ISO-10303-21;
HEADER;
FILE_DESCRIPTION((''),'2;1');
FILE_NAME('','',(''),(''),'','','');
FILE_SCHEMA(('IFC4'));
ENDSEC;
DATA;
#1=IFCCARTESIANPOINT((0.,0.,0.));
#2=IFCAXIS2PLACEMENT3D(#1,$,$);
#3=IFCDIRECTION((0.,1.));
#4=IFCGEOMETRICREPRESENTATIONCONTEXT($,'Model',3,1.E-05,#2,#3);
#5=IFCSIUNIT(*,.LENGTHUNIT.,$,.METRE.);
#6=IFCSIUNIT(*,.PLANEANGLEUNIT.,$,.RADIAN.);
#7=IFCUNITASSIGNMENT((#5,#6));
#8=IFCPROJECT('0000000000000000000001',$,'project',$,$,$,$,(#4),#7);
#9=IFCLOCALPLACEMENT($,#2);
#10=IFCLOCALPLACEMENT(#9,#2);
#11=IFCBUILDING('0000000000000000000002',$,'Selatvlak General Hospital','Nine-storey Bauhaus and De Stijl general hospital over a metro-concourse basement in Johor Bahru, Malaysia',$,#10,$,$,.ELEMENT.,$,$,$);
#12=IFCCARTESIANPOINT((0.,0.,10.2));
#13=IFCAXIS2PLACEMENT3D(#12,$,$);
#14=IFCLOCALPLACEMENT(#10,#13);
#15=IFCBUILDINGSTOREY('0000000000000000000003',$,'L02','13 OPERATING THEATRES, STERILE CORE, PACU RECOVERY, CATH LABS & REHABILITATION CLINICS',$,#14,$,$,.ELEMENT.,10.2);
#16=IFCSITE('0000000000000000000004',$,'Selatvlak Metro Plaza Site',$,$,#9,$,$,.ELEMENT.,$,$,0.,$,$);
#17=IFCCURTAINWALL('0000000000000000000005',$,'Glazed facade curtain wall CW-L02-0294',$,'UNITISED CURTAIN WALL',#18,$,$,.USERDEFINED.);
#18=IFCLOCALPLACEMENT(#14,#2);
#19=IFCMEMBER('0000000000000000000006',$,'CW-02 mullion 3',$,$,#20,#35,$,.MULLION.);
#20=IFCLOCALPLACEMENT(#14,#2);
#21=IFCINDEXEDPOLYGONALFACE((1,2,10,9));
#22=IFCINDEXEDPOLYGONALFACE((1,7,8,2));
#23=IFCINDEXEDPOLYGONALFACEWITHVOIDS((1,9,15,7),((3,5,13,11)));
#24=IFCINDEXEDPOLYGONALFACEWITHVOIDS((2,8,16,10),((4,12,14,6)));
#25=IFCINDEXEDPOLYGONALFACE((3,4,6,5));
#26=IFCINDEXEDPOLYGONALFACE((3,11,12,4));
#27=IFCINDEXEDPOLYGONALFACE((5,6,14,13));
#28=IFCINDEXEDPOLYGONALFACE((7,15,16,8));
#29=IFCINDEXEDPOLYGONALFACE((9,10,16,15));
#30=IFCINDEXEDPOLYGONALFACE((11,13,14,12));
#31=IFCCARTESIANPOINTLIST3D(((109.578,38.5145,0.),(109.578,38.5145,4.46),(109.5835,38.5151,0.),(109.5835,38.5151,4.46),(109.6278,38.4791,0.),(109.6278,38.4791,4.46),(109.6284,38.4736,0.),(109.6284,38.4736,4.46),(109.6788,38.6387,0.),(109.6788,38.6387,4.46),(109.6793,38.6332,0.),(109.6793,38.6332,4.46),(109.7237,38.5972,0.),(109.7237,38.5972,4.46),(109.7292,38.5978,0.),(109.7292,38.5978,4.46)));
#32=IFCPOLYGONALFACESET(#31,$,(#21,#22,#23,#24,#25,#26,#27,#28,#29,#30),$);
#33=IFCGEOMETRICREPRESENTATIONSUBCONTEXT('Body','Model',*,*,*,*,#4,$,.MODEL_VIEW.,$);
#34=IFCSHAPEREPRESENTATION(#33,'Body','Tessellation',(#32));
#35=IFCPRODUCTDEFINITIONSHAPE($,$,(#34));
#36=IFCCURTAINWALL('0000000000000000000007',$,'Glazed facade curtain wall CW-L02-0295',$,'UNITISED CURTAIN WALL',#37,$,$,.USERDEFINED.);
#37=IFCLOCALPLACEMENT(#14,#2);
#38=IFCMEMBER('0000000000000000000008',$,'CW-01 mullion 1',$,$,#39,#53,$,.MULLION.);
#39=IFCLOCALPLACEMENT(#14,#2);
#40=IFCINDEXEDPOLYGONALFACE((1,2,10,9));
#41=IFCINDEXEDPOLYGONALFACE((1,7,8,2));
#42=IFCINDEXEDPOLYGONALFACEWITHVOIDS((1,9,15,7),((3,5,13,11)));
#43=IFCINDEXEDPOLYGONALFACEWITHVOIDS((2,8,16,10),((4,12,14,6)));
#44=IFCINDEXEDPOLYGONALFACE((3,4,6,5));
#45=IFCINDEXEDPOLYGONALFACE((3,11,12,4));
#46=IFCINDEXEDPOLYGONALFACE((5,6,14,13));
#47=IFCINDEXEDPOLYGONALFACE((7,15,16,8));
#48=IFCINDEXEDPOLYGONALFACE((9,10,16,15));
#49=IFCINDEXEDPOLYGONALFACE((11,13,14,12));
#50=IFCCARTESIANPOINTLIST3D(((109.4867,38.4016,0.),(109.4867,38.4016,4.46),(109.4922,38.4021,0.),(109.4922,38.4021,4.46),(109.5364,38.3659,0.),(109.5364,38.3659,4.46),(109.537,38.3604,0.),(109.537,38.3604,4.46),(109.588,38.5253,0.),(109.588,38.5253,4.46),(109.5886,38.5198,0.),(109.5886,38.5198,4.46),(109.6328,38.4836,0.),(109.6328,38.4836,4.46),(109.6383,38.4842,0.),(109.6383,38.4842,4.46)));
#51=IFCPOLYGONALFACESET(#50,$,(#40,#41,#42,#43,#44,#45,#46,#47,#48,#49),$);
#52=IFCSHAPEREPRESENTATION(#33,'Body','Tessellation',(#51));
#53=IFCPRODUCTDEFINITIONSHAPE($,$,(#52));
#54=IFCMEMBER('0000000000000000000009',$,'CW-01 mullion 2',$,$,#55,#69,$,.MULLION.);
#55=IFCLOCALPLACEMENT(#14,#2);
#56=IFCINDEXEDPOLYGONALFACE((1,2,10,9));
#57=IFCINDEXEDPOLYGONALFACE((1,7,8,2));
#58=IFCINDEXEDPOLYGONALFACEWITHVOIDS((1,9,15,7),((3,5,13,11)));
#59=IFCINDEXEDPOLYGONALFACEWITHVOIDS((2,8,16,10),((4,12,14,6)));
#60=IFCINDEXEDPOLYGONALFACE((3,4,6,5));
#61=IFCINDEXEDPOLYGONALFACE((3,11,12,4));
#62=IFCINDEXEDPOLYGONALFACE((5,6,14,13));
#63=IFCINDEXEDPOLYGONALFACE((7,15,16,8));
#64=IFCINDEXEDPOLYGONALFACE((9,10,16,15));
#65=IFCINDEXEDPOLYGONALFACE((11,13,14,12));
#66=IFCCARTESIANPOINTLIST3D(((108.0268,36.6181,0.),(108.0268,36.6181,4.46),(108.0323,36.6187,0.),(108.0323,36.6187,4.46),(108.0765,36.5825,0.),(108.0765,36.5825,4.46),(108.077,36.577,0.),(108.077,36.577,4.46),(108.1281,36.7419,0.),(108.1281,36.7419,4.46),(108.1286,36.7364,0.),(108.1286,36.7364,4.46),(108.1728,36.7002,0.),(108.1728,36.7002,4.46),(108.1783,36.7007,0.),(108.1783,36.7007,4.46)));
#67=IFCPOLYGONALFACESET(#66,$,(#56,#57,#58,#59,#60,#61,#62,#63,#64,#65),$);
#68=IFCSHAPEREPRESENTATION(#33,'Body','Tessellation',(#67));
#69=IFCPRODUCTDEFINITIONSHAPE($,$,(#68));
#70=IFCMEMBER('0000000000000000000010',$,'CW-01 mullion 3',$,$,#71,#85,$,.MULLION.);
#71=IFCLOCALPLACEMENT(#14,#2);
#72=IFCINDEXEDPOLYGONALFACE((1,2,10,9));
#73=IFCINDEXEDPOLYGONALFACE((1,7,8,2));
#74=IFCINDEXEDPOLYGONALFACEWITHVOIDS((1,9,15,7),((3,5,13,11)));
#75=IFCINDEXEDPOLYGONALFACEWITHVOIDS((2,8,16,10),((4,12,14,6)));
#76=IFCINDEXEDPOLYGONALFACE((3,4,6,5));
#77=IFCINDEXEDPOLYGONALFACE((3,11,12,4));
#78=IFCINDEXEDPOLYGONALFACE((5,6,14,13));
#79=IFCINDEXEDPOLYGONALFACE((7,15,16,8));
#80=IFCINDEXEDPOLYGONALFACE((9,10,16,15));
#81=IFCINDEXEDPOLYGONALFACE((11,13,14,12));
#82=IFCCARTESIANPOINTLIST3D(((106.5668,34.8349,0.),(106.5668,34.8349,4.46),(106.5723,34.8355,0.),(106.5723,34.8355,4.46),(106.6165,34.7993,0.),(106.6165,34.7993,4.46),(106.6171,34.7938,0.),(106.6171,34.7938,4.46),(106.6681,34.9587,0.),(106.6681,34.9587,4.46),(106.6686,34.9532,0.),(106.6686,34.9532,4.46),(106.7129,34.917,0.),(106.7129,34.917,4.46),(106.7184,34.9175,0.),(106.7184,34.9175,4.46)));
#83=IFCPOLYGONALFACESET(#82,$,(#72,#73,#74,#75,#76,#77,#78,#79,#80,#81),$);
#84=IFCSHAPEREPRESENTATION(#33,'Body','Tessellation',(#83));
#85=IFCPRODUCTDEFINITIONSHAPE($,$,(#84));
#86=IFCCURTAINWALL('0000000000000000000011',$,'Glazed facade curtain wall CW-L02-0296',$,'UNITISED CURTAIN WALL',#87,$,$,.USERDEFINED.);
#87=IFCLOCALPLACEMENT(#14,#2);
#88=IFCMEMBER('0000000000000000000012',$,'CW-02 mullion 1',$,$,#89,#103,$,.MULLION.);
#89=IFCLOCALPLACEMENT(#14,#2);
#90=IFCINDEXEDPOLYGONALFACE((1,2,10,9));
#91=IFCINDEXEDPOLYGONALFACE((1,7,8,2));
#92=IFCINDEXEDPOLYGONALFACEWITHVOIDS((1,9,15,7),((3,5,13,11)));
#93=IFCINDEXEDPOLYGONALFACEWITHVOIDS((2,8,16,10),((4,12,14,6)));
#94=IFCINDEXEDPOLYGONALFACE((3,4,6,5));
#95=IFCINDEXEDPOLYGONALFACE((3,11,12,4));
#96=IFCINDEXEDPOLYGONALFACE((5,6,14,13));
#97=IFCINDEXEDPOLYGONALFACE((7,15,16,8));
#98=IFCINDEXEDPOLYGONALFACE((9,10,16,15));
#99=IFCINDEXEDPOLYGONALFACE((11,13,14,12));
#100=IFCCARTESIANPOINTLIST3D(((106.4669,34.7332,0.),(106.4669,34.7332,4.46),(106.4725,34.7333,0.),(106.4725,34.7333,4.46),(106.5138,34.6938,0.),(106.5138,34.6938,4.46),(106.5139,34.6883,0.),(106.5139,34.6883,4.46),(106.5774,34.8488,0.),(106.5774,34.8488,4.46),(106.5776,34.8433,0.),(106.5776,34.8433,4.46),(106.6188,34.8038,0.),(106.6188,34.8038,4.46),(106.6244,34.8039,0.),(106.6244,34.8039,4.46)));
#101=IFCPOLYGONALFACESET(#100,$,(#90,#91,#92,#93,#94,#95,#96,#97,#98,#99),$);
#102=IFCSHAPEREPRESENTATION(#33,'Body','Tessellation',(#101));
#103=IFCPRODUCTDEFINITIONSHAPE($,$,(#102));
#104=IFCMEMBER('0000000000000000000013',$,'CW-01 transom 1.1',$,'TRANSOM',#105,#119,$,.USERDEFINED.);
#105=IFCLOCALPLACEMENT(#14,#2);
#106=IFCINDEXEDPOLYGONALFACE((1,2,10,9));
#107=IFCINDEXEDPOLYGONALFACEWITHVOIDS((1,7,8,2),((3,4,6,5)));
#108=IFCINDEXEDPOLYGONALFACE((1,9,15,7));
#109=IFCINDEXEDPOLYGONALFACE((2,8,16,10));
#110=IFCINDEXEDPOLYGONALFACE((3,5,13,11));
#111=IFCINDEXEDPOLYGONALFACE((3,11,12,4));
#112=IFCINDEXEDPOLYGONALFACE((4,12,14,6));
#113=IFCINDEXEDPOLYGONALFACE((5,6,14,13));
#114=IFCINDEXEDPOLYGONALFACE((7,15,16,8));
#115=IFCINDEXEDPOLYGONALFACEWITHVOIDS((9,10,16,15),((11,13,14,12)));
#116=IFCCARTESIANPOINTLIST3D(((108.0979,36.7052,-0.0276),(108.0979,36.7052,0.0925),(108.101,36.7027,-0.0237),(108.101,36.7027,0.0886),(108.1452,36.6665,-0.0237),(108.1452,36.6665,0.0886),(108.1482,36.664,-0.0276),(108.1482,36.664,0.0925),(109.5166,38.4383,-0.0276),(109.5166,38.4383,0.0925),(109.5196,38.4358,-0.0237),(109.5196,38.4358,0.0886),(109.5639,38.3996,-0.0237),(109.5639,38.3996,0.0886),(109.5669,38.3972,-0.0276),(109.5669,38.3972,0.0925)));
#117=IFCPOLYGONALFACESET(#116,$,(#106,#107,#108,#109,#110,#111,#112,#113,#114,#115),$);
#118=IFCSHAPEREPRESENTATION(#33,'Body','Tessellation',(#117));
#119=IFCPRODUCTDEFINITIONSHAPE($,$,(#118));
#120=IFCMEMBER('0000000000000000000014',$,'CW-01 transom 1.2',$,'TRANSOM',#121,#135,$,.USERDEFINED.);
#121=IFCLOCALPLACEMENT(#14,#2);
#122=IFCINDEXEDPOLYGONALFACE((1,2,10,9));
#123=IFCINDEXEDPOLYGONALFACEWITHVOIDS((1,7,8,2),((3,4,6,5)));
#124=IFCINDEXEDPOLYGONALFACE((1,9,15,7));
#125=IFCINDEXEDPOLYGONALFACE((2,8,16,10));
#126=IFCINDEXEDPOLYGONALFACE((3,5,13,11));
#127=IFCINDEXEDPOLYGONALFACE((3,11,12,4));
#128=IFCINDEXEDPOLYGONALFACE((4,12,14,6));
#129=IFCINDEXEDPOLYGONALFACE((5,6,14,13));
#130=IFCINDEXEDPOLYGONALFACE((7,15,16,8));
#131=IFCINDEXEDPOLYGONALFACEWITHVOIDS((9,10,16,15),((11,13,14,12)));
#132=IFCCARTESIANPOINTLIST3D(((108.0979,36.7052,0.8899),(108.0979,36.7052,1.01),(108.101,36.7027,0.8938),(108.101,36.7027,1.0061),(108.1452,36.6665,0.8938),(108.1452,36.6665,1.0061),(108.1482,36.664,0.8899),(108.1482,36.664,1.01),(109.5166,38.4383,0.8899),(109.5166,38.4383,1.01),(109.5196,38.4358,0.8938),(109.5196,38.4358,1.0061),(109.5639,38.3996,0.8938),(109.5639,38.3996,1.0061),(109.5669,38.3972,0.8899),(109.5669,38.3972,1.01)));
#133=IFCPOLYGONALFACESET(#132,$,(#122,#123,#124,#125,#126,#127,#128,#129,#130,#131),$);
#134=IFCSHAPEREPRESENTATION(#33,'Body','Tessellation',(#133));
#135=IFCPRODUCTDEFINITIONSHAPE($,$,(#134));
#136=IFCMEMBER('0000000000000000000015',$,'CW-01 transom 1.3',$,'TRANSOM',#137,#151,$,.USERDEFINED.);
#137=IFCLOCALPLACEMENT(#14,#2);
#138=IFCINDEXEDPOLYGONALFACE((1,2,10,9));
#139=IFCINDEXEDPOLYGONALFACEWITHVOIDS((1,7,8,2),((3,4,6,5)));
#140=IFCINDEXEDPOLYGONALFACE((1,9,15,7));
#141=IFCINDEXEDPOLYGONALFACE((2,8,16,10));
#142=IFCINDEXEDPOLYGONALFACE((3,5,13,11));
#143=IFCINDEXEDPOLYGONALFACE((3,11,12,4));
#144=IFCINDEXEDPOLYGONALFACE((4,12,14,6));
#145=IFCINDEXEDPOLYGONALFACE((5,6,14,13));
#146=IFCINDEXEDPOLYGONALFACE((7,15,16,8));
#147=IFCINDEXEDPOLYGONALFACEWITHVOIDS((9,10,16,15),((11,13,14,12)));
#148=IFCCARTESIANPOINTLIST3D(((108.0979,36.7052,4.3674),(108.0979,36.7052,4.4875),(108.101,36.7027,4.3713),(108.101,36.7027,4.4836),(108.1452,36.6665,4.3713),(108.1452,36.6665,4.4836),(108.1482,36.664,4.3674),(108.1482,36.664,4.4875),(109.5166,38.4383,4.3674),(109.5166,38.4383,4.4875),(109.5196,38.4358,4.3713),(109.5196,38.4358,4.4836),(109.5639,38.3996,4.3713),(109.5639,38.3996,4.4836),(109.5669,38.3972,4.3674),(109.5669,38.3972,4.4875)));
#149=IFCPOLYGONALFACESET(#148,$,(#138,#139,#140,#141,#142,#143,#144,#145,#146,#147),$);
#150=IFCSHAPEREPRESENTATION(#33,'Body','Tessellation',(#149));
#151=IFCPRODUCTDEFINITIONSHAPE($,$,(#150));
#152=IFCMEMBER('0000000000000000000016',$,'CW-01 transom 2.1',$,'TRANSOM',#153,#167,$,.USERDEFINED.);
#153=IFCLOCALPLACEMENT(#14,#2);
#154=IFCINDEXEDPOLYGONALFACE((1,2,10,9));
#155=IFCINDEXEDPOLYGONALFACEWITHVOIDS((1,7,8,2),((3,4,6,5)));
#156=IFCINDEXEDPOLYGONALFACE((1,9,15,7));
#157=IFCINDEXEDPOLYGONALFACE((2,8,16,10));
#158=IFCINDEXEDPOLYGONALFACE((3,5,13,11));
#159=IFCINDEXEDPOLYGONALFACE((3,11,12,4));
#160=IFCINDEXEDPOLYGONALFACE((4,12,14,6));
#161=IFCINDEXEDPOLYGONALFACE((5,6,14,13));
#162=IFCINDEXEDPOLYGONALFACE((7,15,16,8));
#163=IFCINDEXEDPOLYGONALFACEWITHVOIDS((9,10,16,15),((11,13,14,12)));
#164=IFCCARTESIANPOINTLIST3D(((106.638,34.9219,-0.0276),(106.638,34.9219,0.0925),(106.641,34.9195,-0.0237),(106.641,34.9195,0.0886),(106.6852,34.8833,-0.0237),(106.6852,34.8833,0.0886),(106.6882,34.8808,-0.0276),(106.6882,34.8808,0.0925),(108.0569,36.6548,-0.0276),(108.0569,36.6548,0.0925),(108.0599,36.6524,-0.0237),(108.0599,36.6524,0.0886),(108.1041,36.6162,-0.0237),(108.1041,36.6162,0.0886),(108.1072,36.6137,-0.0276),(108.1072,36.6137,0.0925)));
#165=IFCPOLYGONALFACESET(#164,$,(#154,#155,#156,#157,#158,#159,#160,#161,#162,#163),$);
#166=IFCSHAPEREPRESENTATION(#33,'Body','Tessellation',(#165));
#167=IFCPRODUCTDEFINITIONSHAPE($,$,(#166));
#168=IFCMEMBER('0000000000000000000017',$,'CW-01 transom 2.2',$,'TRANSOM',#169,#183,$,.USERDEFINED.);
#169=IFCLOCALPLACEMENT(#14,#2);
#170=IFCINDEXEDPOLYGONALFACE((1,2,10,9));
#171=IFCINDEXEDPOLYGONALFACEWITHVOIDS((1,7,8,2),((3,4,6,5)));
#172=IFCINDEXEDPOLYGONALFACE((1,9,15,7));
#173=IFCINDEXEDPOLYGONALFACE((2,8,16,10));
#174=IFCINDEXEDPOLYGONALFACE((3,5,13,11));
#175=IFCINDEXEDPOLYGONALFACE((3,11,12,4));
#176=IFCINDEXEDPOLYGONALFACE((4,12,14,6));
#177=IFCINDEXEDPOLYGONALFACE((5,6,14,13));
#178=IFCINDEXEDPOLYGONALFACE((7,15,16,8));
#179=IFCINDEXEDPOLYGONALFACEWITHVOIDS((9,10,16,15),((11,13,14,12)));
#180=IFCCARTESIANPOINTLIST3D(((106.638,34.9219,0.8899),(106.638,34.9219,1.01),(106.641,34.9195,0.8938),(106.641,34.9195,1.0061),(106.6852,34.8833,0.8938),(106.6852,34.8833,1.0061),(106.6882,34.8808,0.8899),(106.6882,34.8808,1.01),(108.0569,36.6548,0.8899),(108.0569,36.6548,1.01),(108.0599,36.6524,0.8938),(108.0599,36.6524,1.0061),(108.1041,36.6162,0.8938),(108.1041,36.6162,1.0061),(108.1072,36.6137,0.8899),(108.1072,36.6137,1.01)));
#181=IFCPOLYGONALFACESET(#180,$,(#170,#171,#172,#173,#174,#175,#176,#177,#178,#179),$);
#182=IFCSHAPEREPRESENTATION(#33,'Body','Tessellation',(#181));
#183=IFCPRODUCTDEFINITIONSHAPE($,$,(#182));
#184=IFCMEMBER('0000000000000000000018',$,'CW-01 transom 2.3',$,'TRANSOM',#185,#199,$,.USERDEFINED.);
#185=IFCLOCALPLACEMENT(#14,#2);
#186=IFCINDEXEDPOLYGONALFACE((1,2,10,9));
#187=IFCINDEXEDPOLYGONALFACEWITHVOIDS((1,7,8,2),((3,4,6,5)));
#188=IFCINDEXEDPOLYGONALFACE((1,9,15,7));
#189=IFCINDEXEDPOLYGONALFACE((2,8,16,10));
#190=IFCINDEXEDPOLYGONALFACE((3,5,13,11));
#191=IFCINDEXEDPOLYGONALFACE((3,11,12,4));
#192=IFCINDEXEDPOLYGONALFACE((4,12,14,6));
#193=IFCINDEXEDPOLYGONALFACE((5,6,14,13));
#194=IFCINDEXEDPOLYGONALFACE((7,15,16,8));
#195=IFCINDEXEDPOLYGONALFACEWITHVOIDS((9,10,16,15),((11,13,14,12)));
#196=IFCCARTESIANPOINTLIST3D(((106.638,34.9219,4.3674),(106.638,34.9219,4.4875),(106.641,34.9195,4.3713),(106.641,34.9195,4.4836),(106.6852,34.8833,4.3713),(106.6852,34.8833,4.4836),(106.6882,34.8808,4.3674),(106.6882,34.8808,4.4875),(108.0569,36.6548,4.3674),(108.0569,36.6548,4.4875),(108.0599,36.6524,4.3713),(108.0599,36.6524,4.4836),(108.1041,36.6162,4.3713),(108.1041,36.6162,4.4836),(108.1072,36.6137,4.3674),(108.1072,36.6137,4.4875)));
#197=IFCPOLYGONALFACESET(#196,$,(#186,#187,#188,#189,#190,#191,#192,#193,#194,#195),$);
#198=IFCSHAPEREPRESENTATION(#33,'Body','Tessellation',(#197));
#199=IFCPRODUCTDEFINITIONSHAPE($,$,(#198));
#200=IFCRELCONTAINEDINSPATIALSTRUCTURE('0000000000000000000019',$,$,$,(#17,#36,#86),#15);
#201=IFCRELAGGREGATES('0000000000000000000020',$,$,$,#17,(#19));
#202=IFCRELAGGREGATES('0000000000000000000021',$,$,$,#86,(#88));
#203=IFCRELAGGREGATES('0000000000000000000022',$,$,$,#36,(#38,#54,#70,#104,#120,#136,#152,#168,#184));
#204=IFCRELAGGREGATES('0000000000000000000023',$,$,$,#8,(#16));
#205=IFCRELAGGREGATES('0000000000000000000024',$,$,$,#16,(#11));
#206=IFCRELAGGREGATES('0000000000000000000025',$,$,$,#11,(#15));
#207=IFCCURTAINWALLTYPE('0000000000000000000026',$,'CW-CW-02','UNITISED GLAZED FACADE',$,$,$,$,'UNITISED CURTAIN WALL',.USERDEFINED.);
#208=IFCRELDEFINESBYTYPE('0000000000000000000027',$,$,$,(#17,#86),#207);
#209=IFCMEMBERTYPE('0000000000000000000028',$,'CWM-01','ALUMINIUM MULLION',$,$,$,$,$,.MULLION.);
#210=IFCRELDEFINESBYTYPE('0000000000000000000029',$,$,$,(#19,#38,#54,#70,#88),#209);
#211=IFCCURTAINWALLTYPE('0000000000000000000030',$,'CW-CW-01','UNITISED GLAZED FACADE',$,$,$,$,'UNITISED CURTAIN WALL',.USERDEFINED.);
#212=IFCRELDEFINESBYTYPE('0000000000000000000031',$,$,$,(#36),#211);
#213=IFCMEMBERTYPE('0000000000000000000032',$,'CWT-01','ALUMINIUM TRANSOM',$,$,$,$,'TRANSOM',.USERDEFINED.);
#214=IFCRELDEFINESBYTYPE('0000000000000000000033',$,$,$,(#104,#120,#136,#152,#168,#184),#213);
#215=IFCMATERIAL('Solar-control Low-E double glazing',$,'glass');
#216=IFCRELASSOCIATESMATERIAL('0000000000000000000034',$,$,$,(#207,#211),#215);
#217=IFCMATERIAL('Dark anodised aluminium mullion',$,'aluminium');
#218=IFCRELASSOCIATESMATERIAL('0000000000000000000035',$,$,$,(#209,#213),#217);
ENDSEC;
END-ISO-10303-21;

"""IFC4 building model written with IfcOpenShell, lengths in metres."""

from ifc_helpers import new_model, si_unit, direction, frame, origin, origin_2d, place, context, subcontext, project, spatial, hollow_rectangle, extrude, material, material_profile, profile_set, type_object, element, aggregate, save


model = new_model("IFC4")

# Units and contexts
model_context = context("Model", 3, precision=1e-05, world=origin(), true_north=direction((0.0, 1.0)))
body_context = subcontext(model_context, "Body", "Model", "MODEL_VIEW")
ifc_project = project(units=[si_unit("LENGTHUNIT", "METRE"), si_unit("PLANEANGLEUNIT", "RADIAN")], contexts=[model_context])

# Site, building, storey
site_placement = place(None, origin())
site = spatial("IfcSite", under=ifc_project, at=site_placement, Name="Selatvlak Metro Plaza Site", CompositionType="ELEMENT", RefElevation=0.0)
building_placement = place(site_placement, origin())
building = spatial("IfcBuilding", under=site, at=building_placement, Name="Selatvlak General Hospital", Description="Nine-storey Bauhaus and De Stijl general hospital over a metro-concourse basement in Johor Bahru, Malaysia", CompositionType="ELEMENT")
storey_placement = place(building_placement, frame((0.0, 0.0, 10.2)))
storey = spatial("IfcBuildingStorey", under=building, at=storey_placement, Name="L02", Description="13 OPERATING THEATRES, STERILE CORE, PACU RECOVERY, CATH LABS & REHABILITATION CLINICS", CompositionType="ELEMENT", Elevation=10.2)

# Curtain wall, member
ifc_material_1 = material(Name="Solar-control Low-E double glazing", Category="glass")
curtain_wall_type_1 = type_object("IfcCurtainWallType", Name="CW-CW-02", Description="UNITISED GLAZED FACADE", ElementType="UNITISED CURTAIN WALL", PredefinedType="USERDEFINED", material=ifc_material_1)
curtain_wall_1_placement = place(storey_placement, origin())
curtain_wall_1 = element("IfcCurtainWall", 1, at=curtain_wall_1_placement, inside=storey, type_object=curtain_wall_type_1, Name="Glazed facade curtain wall CW-L02-0294", ObjectType="UNITISED CURTAIN WALL", PredefinedType="USERDEFINED")
ifc_material_2 = material(Name="Dark anodised aluminium mullion", Category="aluminium")
ifc_material_profile_1 = material_profile(ifc_material_2, hollow_rectangle(XDim=0.0649, YDim=0.1599, WallThickness=0.0039, at=origin_2d()), Name="AL-MUL 65x160x4")
ifc_profile_set_1 = profile_set([ifc_material_profile_1], Name="Dark anodised aluminium mullion")
member_type_1 = type_object("IfcMemberType", Name="CWM-01", Description="ALUMINIUM MULLION", PredefinedType="MULLION", material=ifc_profile_set_1)
member_1_placement = place(storey_placement, frame((109.6536, 38.5562, 0.0), z_axis=(0.0, 0.0, 1.0), x_axis=(0.776324, -0.630334, 0.0)))
member_1 = element("IfcMember", 2, at=member_1_placement, type_object=member_type_1, Name="CW-02 mullion 3", PredefinedType="MULLION", context=body_context, shape_type="SweptSolid", body=[
    extrude(hollow_rectangle(XDim=0.0649, YDim=0.1599, WallThickness=0.0039, at=origin_2d()), origin(), (0.0, 0.0, 1.0), 4.46),
])
aggregate(curtain_wall_1, [member_1])

# Curtain wall, members
curtain_wall_type_2 = type_object("IfcCurtainWallType", Name="CW-CW-01", Description="UNITISED GLAZED FACADE", ElementType="UNITISED CURTAIN WALL", PredefinedType="USERDEFINED", material=ifc_material_1)
curtain_wall_2_placement = place(storey_placement, origin())
curtain_wall_2 = element("IfcCurtainWall", 3, at=curtain_wall_2_placement, inside=storey, type_object=curtain_wall_type_2, Name="Glazed facade curtain wall CW-L02-0295", ObjectType="UNITISED CURTAIN WALL", PredefinedType="USERDEFINED")
member_2_placement = place(storey_placement, frame((109.5625, 38.4429, 0.0), z_axis=(0.0, 0.0, 1.0), x_axis=(0.773786, -0.633447, 0.0)))
member_2 = element("IfcMember", 4, at=member_2_placement, type_object=member_type_1, Name="CW-01 mullion 1", PredefinedType="MULLION", context=body_context, shape_type="SweptSolid", body=[
    extrude(hollow_rectangle(XDim=0.0649, YDim=0.1599, WallThickness=0.0039, at=origin_2d()), origin(), (0.0, 0.0, 1.0), 4.46),
])
member_3_placement = place(storey_placement, frame((108.1025, 36.6594, 0.0), z_axis=(0.0, 0.0, 1.0), x_axis=(0.773786, -0.633447, 0.0)))
member_3 = element("IfcMember", 5, at=member_3_placement, type_object=member_type_1, Name="CW-01 mullion 2", PredefinedType="MULLION", context=body_context, shape_type="SweptSolid", body=[
    extrude(hollow_rectangle(XDim=0.0649, YDim=0.1599, WallThickness=0.0039, at=origin_2d()), origin(), (0.0, 0.0, 1.0), 4.46),
])
member_4_placement = place(storey_placement, frame((106.6426, 34.8762, 0.0), z_axis=(0.0, 0.0, 1.0), x_axis=(0.773786, -0.633447, 0.0)))
member_4 = element("IfcMember", 6, at=member_4_placement, type_object=member_type_1, Name="CW-01 mullion 3", PredefinedType="MULLION", context=body_context, shape_type="SweptSolid", body=[
    extrude(hollow_rectangle(XDim=0.0649, YDim=0.1599, WallThickness=0.0039, at=origin_2d()), origin(), (0.0, 0.0, 1.0), 4.46),
])

# Curtain wall, member
curtain_wall_3_placement = place(storey_placement, origin())
curtain_wall_3 = element("IfcCurtainWall", 7, at=curtain_wall_3_placement, inside=storey, type_object=curtain_wall_type_1, Name="Glazed facade curtain wall CW-L02-0296", ObjectType="UNITISED CURTAIN WALL", PredefinedType="USERDEFINED")
member_5_placement = place(storey_placement, frame((106.5457, 34.7686, 0.0), z_axis=(0.0, 0.0, 1.0), x_axis=(0.722909, -0.690943, 0.0)))
member_5 = element("IfcMember", 8, at=member_5_placement, type_object=member_type_1, Name="CW-02 mullion 1", PredefinedType="MULLION", context=body_context, shape_type="SweptSolid", body=[
    extrude(hollow_rectangle(XDim=0.0649, YDim=0.1599, WallThickness=0.0039, at=origin_2d()), origin(), (0.0, 0.0, 1.0), 4.46),
])

# Members
ifc_material_profile_2 = material_profile(ifc_material_2, hollow_rectangle(XDim=0.0649, YDim=0.1201, WallThickness=0.0039, at=origin_2d()), Name="AL-TRN 65x120x4")
ifc_profile_set_2 = profile_set([ifc_material_profile_2], Name="Dark anodised aluminium mullion")
member_type_2 = type_object("IfcMemberType", Name="CWT-01", Description="ALUMINIUM TRANSOM", ElementType="TRANSOM", PredefinedType="USERDEFINED", material=ifc_profile_set_2)
member_6_placement = place(storey_placement, frame((109.5417, 38.4177, 0.0325), z_axis=(-0.633416, -0.773812, 0.0), x_axis=(0.773812, -0.633416, 0.0)))
member_6 = element("IfcMember", 9, at=member_6_placement, type_object=member_type_2, Name="CW-01 transom 1.1", ObjectType="TRANSOM", PredefinedType="USERDEFINED", context=body_context, shape_type="SweptSolid", body=[
    extrude(hollow_rectangle(XDim=0.0649, YDim=0.1201, WallThickness=0.0039, at=origin_2d()), origin(), (0.0, 0.0, 1.0), 2.2397),
])
member_7_placement = place(storey_placement, frame((109.5417, 38.4177, 0.95), z_axis=(-0.633416, -0.773812, 0.0), x_axis=(0.773812, -0.633416, 0.0)))
member_7 = element("IfcMember", 10, at=member_7_placement, type_object=member_type_2, Name="CW-01 transom 1.2", ObjectType="TRANSOM", PredefinedType="USERDEFINED", context=body_context, shape_type="SweptSolid", body=[
    extrude(hollow_rectangle(XDim=0.0649, YDim=0.1201, WallThickness=0.0039, at=origin_2d()), origin(), (0.0, 0.0, 1.0), 2.2397),
])
member_8_placement = place(storey_placement, frame((109.5417, 38.4177, 4.4275), z_axis=(-0.633416, -0.773812, 0.0), x_axis=(0.773812, -0.633416, 0.0)))
member_8 = element("IfcMember", 11, at=member_8_placement, type_object=member_type_2, Name="CW-01 transom 1.3", ObjectType="TRANSOM", PredefinedType="USERDEFINED", context=body_context, shape_type="SweptSolid", body=[
    extrude(hollow_rectangle(XDim=0.0649, YDim=0.1201, WallThickness=0.0039, at=origin_2d()), origin(), (0.0, 0.0, 1.0), 2.2397),
])
member_9_placement = place(storey_placement, frame((108.082, 36.6343, 0.0325), z_axis=(-0.633535, -0.773714, 0.0), x_axis=(0.773714, -0.633535, 0.0)))
member_9 = element("IfcMember", 12, at=member_9_placement, type_object=member_type_2, Name="CW-01 transom 2.1", ObjectType="TRANSOM", PredefinedType="USERDEFINED", context=body_context, shape_type="SweptSolid", body=[
    extrude(hollow_rectangle(XDim=0.0649, YDim=0.1201, WallThickness=0.0039, at=origin_2d()), origin(), (0.0, 0.0, 1.0), 2.2397),
])
member_10_placement = place(storey_placement, frame((108.082, 36.6343, 0.95), z_axis=(-0.633535, -0.773714, 0.0), x_axis=(0.773714, -0.633535, 0.0)))
member_10 = element("IfcMember", 13, at=member_10_placement, type_object=member_type_2, Name="CW-01 transom 2.2", ObjectType="TRANSOM", PredefinedType="USERDEFINED", context=body_context, shape_type="SweptSolid", body=[
    extrude(hollow_rectangle(XDim=0.0649, YDim=0.1201, WallThickness=0.0039, at=origin_2d()), origin(), (0.0, 0.0, 1.0), 2.2397),
])
member_11_placement = place(storey_placement, frame((108.082, 36.6343, 4.4275), z_axis=(-0.633535, -0.773714, 0.0), x_axis=(0.773714, -0.633535, 0.0)))
member_11 = element("IfcMember", 14, at=member_11_placement, type_object=member_type_2, Name="CW-01 transom 2.3", ObjectType="TRANSOM", PredefinedType="USERDEFINED", context=body_context, shape_type="SweptSolid", body=[
    extrude(hollow_rectangle(XDim=0.0649, YDim=0.1201, WallThickness=0.0039, at=origin_2d()), origin(), (0.0, 0.0, 1.0), 2.2397),
])
aggregate(curtain_wall_3, [member_5])

aggregate(curtain_wall_2, [member_2, member_3, member_4, member_6, member_7, member_8, member_9, member_10, member_11])

save(model, "model.ifc")
